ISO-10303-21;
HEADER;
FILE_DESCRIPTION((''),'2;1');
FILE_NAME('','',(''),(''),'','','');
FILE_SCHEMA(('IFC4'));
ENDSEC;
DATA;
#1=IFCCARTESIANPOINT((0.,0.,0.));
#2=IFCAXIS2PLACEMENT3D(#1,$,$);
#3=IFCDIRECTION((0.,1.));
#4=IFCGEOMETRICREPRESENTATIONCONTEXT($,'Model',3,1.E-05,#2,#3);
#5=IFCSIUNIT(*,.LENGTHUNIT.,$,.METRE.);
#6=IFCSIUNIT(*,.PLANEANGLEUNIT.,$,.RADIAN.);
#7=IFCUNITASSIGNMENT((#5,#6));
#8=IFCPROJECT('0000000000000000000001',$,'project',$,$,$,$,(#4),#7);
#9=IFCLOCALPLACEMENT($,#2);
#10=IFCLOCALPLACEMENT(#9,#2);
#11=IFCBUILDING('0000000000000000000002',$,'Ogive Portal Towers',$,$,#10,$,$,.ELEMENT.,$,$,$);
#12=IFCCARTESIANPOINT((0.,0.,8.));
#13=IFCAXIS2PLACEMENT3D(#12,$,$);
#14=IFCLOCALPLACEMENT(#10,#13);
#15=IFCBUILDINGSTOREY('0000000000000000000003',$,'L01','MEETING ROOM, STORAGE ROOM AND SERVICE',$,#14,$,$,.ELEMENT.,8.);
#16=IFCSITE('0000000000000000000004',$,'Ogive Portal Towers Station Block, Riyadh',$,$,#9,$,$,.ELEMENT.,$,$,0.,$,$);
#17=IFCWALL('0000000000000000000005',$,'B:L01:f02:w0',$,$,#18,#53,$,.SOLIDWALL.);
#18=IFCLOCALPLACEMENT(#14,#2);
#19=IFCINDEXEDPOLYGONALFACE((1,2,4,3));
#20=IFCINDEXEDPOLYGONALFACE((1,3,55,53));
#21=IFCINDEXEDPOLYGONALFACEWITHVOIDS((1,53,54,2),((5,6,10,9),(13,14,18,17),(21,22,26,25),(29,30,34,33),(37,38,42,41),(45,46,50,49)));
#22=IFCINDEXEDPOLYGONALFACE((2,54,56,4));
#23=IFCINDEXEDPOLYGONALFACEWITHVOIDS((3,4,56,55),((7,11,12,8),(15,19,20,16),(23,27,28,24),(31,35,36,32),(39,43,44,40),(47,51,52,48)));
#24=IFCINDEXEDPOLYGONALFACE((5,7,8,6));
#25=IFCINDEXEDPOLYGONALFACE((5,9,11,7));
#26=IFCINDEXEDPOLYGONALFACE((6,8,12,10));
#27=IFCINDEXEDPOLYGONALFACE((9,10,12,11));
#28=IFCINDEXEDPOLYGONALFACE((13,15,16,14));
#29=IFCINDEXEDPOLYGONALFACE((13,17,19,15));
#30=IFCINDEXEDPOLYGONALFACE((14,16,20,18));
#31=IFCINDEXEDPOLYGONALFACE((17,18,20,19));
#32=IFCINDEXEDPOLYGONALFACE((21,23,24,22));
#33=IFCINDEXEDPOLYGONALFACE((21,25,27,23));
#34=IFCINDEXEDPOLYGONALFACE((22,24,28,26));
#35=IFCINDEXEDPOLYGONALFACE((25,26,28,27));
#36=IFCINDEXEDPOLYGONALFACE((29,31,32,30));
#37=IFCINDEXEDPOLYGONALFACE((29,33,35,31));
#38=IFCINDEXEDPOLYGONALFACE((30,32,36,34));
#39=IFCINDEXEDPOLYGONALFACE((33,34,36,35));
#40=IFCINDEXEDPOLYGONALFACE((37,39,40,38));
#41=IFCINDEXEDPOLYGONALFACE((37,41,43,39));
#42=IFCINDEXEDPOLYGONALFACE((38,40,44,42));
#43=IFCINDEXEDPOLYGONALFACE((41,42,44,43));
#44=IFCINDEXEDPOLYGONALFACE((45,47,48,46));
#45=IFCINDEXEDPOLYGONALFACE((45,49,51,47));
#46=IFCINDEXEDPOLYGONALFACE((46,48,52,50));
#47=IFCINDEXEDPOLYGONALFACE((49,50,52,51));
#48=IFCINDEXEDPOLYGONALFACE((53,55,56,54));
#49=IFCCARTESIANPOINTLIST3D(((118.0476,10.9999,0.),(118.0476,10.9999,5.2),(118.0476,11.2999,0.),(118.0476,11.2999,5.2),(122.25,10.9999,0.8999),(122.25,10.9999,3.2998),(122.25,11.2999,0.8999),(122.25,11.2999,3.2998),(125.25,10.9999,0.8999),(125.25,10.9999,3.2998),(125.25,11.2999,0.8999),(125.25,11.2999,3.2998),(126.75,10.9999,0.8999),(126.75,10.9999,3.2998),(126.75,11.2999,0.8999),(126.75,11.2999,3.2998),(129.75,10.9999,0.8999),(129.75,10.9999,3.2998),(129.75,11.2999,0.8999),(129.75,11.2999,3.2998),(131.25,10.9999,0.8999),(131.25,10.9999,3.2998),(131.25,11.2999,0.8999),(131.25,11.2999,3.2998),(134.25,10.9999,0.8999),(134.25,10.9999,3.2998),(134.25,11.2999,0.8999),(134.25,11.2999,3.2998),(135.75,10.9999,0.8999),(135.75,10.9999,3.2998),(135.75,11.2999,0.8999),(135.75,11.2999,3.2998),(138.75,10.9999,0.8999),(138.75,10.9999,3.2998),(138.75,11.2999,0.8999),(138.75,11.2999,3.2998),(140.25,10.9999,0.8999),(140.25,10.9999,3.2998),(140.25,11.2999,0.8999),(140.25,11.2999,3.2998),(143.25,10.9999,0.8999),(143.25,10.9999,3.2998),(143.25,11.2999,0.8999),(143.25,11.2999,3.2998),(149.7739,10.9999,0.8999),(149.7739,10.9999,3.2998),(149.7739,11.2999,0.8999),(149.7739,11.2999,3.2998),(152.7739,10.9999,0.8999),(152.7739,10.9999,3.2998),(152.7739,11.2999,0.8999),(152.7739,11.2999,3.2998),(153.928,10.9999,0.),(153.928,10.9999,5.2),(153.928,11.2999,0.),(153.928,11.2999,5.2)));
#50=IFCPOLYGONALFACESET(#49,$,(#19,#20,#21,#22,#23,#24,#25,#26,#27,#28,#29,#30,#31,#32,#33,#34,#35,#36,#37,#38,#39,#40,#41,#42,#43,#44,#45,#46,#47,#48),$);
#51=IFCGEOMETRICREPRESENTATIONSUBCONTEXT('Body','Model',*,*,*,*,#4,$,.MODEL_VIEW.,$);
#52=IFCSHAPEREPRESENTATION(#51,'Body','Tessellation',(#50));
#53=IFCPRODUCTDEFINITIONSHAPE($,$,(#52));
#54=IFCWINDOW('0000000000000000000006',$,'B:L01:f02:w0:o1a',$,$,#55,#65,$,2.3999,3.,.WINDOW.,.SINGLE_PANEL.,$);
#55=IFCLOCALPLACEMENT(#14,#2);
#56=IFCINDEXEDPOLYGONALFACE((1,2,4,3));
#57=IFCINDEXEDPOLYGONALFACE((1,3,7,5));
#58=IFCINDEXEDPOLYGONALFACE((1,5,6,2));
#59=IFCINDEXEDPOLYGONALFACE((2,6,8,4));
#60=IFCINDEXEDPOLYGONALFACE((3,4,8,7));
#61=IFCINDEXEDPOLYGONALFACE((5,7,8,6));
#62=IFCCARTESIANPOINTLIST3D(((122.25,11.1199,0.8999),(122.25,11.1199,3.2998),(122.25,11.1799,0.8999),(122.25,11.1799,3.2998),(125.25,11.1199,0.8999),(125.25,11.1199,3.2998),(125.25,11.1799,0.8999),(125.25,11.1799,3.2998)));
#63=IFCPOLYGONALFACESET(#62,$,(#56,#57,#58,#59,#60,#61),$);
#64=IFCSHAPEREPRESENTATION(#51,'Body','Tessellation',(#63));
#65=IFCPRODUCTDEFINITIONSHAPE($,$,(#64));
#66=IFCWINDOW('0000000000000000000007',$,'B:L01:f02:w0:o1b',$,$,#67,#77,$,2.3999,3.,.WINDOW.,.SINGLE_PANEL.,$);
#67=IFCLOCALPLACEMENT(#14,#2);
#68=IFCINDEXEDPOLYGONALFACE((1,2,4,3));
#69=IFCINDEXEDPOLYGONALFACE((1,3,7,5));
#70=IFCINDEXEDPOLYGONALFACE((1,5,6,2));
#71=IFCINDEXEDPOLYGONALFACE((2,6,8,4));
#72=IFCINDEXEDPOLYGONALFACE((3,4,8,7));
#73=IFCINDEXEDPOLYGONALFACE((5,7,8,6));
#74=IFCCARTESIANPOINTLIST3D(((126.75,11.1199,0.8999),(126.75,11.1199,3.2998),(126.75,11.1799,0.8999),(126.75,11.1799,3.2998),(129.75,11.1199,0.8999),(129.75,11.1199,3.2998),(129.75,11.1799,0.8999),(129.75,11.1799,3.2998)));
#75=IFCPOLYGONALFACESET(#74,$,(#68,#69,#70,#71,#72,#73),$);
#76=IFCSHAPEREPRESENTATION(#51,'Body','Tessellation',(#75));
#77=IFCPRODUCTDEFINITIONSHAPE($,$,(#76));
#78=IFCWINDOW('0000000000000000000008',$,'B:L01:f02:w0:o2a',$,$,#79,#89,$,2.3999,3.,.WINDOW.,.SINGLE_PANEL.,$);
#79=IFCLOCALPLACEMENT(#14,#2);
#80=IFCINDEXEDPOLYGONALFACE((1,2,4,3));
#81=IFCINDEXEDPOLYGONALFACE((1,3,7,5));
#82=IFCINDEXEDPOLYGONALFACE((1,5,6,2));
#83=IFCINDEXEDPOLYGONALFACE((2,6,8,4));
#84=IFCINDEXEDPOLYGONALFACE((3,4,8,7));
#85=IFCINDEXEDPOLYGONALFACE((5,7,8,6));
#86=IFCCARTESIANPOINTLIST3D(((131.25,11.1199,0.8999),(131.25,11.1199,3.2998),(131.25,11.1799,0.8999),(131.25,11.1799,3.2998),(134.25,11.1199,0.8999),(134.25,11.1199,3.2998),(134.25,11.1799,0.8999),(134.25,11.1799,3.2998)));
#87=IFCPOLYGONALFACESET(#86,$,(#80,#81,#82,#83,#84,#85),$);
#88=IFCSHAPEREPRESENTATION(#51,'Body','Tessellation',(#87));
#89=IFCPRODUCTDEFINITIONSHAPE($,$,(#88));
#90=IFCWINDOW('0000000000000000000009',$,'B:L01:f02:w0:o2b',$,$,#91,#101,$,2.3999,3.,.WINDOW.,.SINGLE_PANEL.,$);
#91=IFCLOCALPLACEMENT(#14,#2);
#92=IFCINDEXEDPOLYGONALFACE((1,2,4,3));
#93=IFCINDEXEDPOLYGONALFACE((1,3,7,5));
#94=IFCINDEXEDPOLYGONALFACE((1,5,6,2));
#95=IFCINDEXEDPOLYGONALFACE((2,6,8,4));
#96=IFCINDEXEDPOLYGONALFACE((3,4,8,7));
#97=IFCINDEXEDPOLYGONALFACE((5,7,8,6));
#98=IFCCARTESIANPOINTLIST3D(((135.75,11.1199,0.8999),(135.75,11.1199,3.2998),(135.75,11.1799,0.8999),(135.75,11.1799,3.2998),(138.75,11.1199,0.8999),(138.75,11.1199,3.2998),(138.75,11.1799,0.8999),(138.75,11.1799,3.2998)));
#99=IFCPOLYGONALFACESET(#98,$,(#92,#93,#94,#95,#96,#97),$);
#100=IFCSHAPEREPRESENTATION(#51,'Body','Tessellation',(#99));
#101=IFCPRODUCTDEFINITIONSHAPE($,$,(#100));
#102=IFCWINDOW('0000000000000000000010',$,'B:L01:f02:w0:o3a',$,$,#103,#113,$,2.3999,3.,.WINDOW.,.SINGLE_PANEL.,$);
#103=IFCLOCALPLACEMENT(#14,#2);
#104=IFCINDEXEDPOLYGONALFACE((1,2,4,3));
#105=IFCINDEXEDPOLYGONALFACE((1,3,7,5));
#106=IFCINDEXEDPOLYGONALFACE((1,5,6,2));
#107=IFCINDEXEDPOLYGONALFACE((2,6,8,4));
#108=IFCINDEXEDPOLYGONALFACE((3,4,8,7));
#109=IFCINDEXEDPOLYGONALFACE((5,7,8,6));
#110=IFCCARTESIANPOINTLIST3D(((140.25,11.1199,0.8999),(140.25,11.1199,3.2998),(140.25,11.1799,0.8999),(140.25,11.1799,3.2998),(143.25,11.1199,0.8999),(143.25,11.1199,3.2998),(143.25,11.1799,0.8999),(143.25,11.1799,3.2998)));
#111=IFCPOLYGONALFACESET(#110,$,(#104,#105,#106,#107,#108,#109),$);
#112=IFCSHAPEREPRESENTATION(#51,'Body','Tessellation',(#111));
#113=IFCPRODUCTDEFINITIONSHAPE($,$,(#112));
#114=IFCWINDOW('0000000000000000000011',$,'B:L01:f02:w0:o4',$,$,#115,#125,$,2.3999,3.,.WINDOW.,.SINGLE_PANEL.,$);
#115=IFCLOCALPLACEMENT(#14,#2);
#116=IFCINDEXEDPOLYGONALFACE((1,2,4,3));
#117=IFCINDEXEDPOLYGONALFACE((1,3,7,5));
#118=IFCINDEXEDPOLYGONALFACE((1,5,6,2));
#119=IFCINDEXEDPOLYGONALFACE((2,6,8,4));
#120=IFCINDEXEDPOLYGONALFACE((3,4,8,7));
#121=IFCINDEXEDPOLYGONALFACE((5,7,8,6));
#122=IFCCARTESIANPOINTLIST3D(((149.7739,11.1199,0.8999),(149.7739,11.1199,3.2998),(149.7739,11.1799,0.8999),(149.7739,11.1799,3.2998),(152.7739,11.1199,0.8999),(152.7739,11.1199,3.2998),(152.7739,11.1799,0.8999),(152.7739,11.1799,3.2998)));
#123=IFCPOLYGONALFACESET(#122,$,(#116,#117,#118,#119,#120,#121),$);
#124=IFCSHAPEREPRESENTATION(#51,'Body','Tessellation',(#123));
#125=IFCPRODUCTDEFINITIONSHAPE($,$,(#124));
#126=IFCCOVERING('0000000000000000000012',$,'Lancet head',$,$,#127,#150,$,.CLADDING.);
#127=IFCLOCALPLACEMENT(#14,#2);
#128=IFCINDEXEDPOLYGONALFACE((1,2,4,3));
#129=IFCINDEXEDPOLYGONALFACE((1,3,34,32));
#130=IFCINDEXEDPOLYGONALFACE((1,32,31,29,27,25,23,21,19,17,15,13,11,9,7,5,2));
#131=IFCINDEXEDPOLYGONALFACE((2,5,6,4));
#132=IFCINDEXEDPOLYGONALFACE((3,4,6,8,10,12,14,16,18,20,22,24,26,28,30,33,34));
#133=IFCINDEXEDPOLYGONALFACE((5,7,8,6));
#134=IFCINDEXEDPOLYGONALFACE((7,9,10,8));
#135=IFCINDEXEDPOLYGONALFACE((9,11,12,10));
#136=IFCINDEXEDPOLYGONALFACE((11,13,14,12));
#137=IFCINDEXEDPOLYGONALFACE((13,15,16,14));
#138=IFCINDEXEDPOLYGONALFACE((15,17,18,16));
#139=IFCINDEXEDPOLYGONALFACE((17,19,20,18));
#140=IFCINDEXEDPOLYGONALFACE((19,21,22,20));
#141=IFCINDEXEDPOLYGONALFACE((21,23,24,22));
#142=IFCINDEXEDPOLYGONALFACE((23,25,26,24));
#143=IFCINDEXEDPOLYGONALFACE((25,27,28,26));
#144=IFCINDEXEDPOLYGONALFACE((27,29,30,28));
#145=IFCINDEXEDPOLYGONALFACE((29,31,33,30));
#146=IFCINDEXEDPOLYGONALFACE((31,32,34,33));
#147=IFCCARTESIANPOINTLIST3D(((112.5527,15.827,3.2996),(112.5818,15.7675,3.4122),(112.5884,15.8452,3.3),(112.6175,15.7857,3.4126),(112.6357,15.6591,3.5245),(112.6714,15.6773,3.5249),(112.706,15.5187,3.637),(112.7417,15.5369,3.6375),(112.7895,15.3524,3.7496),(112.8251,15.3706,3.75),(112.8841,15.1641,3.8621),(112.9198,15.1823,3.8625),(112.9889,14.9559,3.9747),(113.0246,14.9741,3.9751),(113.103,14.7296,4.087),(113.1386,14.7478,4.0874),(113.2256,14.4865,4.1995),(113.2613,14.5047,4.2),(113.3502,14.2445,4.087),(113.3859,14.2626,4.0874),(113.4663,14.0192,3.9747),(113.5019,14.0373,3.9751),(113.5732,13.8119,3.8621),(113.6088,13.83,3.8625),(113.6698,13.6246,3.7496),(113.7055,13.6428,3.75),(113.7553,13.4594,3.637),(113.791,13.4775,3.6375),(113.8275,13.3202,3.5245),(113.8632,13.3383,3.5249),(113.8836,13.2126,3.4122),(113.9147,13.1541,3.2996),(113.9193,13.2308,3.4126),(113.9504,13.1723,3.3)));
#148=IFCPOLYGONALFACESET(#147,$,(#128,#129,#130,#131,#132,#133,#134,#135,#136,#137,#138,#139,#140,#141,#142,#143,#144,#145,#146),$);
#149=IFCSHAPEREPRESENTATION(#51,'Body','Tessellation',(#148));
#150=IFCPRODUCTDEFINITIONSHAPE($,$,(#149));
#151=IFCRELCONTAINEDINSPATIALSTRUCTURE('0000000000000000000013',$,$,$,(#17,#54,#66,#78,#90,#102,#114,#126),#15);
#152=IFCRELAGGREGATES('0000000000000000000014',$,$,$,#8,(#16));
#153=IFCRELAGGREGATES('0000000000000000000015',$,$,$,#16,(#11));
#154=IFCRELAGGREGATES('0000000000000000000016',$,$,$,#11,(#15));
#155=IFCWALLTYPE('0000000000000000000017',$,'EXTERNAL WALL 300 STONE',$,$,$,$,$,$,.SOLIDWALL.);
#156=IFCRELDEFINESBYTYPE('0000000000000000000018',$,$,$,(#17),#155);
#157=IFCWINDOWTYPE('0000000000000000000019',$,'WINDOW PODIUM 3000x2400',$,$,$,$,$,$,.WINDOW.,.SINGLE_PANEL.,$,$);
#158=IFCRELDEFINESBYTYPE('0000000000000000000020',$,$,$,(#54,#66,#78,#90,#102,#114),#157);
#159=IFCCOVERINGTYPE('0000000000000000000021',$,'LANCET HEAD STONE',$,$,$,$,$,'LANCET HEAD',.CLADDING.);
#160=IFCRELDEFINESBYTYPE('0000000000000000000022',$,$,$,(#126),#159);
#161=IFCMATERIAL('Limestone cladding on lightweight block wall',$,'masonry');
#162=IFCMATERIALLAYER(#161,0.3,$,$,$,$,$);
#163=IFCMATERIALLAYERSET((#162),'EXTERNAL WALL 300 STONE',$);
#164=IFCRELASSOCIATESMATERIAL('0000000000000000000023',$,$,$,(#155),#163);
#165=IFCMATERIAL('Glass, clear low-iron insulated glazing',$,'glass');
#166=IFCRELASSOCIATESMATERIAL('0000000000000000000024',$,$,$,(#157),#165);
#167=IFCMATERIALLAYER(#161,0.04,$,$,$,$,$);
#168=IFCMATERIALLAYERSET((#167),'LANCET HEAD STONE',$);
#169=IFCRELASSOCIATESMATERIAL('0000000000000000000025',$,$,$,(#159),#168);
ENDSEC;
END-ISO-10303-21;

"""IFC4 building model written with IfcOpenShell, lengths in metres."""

from ifc_helpers import new_model, si_unit, direction, frame, frame_2d, origin, place, context, subcontext, project, spatial, polyline, rectangle, outline, extrude, material, layer, layer_set, type_object, element, fill, save


model = new_model("IFC4")

# Units and contexts
model_context = context("Model", 3, precision=1e-05, world=origin(), true_north=direction((0.0, 1.0)))
body_context = subcontext(model_context, "Body", "Model", "MODEL_VIEW")
ifc_project = project(units=[si_unit("LENGTHUNIT", "METRE"), si_unit("PLANEANGLEUNIT", "RADIAN")], contexts=[model_context])

# Site, building, storey
site_placement = place(None, origin())
site = spatial("IfcSite", under=ifc_project, at=site_placement, Name="Ogive Portal Towers Station Block, Riyadh", CompositionType="ELEMENT", RefElevation=0.0)
building_placement = place(site_placement, origin())
building = spatial("IfcBuilding", under=site, at=building_placement, Name="Ogive Portal Towers", CompositionType="ELEMENT")
storey_placement = place(building_placement, frame((0.0, 0.0, 8.0)))
storey = spatial("IfcBuildingStorey", under=building, at=storey_placement, Name="L01", Description="MEETING ROOM, STORAGE ROOM AND SERVICE", CompositionType="ELEMENT", Elevation=8.0)

# Shared definitions
ifc_material_1 = material(Name="Limestone cladding on lightweight block wall", Category="masonry")
ifc_layer_1 = layer(ifc_material_1, 0.3)
ifc_layer_set_1 = layer_set([ifc_layer_1], Name="EXTERNAL WALL 300 STONE")
wall_type = type_object("IfcWallType", Name="EXTERNAL WALL 300 STONE", PredefinedType="SOLIDWALL", material=ifc_layer_set_1)
ifc_material_2 = material(Name="Glass, clear low-iron insulated glazing", Category="glass")
window_type = type_object("IfcWindowType", Name="WINDOW PODIUM 3000x2400", PartitioningType="SINGLE_PANEL", PredefinedType="WINDOW", material=ifc_material_2)

# Wall, openings, windows
wall_1_placement = place(storey_placement, frame((118.0476, 11.1499, 0.0), z_axis=(0.0, 0.0, 1.0), x_axis=(1.0, 0.0, 0.0)))
wall_1 = element("IfcWall", 1, at=wall_1_placement, inside=storey, type_object=wall_type, Name="B:L01:f02:w0", PredefinedType="SOLIDWALL", context=body_context, shape_type="SweptSolid", body=[
    extrude(rectangle(XDim=35.8804, YDim=0.3, at=frame_2d((17.9402, 0.0))), origin(), (0.0, 0.0, 1.0), 5.2),
])
opening_1_placement = place(wall_1_placement, frame((4.2024, 0.0, 0.8999)))
opening_1 = element("IfcOpeningElement", 2, at=opening_1_placement, cuts=wall_1, PredefinedType="OPENING", context=body_context, shape_type="SweptSolid", body=[
    extrude(rectangle(XDim=3.0, YDim=2.3999, at=frame_2d((1.5, 1.2))), frame((0.0, 0.1602, 0.0), z_axis=(0.0, -1.0, 0.0), x_axis=(1.0, 0.0, 0.0)), (0.0, 0.0, 1.0), 0.3201),
])
opening_2_placement = place(wall_1_placement, frame((8.7024, 0.0, 0.8999)))
opening_2 = element("IfcOpeningElement", 3, at=opening_2_placement, cuts=wall_1, PredefinedType="OPENING", context=body_context, shape_type="SweptSolid", body=[
    extrude(rectangle(XDim=3.0, YDim=2.3999, at=frame_2d((1.5, 1.2))), frame((0.0, 0.1602, 0.0), z_axis=(0.0, -1.0, 0.0), x_axis=(1.0, 0.0, 0.0)), (0.0, 0.0, 1.0), 0.3201),
])
opening_3_placement = place(wall_1_placement, frame((13.2024, 0.0, 0.8999)))
opening_3 = element("IfcOpeningElement", 4, at=opening_3_placement, cuts=wall_1, PredefinedType="OPENING", context=body_context, shape_type="SweptSolid", body=[
    extrude(rectangle(XDim=3.0, YDim=2.3999, at=frame_2d((1.5, 1.2))), frame((0.0, 0.1602, 0.0), z_axis=(0.0, -1.0, 0.0), x_axis=(1.0, 0.0, 0.0)), (0.0, 0.0, 1.0), 0.3201),
])
opening_4_placement = place(wall_1_placement, frame((17.7024, 0.0, 0.8999)))
opening_4 = element("IfcOpeningElement", 5, at=opening_4_placement, cuts=wall_1, PredefinedType="OPENING", context=body_context, shape_type="SweptSolid", body=[
    extrude(rectangle(XDim=3.0, YDim=2.3999, at=frame_2d((1.5, 1.2))), frame((0.0, 0.1602, 0.0), z_axis=(0.0, -1.0, 0.0), x_axis=(1.0, 0.0, 0.0)), (0.0, 0.0, 1.0), 0.3201),
])
opening_5_placement = place(wall_1_placement, frame((22.2024, 0.0, 0.8999)))
opening_5 = element("IfcOpeningElement", 6, at=opening_5_placement, cuts=wall_1, PredefinedType="OPENING", context=body_context, shape_type="SweptSolid", body=[
    extrude(rectangle(XDim=3.0, YDim=2.3999, at=frame_2d((1.5, 1.2))), frame((0.0, 0.1602, 0.0), z_axis=(0.0, -1.0, 0.0), x_axis=(1.0, 0.0, 0.0)), (0.0, 0.0, 1.0), 0.3201),
])
opening_6_placement = place(wall_1_placement, frame((31.7263, 0.0, 0.8999)))
opening_6 = element("IfcOpeningElement", 7, at=opening_6_placement, cuts=wall_1, PredefinedType="OPENING", context=body_context, shape_type="SweptSolid", body=[
    extrude(rectangle(XDim=3.0, YDim=2.3999, at=frame_2d((1.5, 1.2))), frame((0.0, 0.1602, 0.0), z_axis=(0.0, -1.0, 0.0), x_axis=(1.0, 0.0, 0.0)), (0.0, 0.0, 1.0), 0.3201),
])
window_1_placement = place(opening_1_placement, origin())
window_1 = element("IfcWindow", 8, at=window_1_placement, inside=storey, type_object=window_type, Name="B:L01:f02:w0:o1a", OverallHeight=2.3999, OverallWidth=3.0, PartitioningType="SINGLE_PANEL", PredefinedType="WINDOW", context=body_context, shape_type="SweptSolid", body=[
    extrude(rectangle(XDim=3.0, YDim=2.3999, at=frame_2d((1.5, 1.2))), frame((0.0, 0.03, 0.0), z_axis=(0.0, -1.0, 0.0), x_axis=(1.0, 0.0, 0.0)), (0.0, 0.0, 1.0), 0.0601),
])
fill(opening_1, window_1)
window_2_placement = place(opening_2_placement, origin())
window_2 = element("IfcWindow", 9, at=window_2_placement, inside=storey, type_object=window_type, Name="B:L01:f02:w0:o1b", OverallHeight=2.3999, OverallWidth=3.0, PartitioningType="SINGLE_PANEL", PredefinedType="WINDOW", context=body_context, shape_type="SweptSolid", body=[
    extrude(rectangle(XDim=3.0, YDim=2.3999, at=frame_2d((1.5, 1.2))), frame((0.0, 0.03, 0.0), z_axis=(0.0, -1.0, 0.0), x_axis=(1.0, 0.0, 0.0)), (0.0, 0.0, 1.0), 0.0601),
])
fill(opening_2, window_2)
window_3_placement = place(opening_3_placement, origin())
window_3 = element("IfcWindow", 10, at=window_3_placement, inside=storey, type_object=window_type, Name="B:L01:f02:w0:o2a", OverallHeight=2.3999, OverallWidth=3.0, PartitioningType="SINGLE_PANEL", PredefinedType="WINDOW", context=body_context, shape_type="SweptSolid", body=[
    extrude(rectangle(XDim=3.0, YDim=2.3999, at=frame_2d((1.5, 1.2))), frame((0.0, 0.03, 0.0), z_axis=(0.0, -1.0, 0.0), x_axis=(1.0, 0.0, 0.0)), (0.0, 0.0, 1.0), 0.0601),
])
fill(opening_3, window_3)
window_4_placement = place(opening_4_placement, origin())
window_4 = element("IfcWindow", 11, at=window_4_placement, inside=storey, type_object=window_type, Name="B:L01:f02:w0:o2b", OverallHeight=2.3999, OverallWidth=3.0, PartitioningType="SINGLE_PANEL", PredefinedType="WINDOW", context=body_context, shape_type="SweptSolid", body=[
    extrude(rectangle(XDim=3.0, YDim=2.3999, at=frame_2d((1.5, 1.2))), frame((0.0, 0.03, 0.0), z_axis=(0.0, -1.0, 0.0), x_axis=(1.0, 0.0, 0.0)), (0.0, 0.0, 1.0), 0.0601),
])
fill(opening_4, window_4)
window_5_placement = place(opening_5_placement, origin())
window_5 = element("IfcWindow", 12, at=window_5_placement, inside=storey, type_object=window_type, Name="B:L01:f02:w0:o3a", OverallHeight=2.3999, OverallWidth=3.0, PartitioningType="SINGLE_PANEL", PredefinedType="WINDOW", context=body_context, shape_type="SweptSolid", body=[
    extrude(rectangle(XDim=3.0, YDim=2.3999, at=frame_2d((1.5, 1.2))), frame((0.0, 0.03, 0.0), z_axis=(0.0, -1.0, 0.0), x_axis=(1.0, 0.0, 0.0)), (0.0, 0.0, 1.0), 0.0601),
])
fill(opening_5, window_5)
window_6_placement = place(opening_6_placement, origin())
window_6 = element("IfcWindow", 13, at=window_6_placement, inside=storey, type_object=window_type, Name="B:L01:f02:w0:o4", OverallHeight=2.3999, OverallWidth=3.0, PartitioningType="SINGLE_PANEL", PredefinedType="WINDOW", context=body_context, shape_type="SweptSolid", body=[
    extrude(rectangle(XDim=3.0, YDim=2.3999, at=frame_2d((1.5, 1.2))), frame((0.0, 0.03, 0.0), z_axis=(0.0, -1.0, 0.0), x_axis=(1.0, 0.0, 0.0)), (0.0, 0.0, 1.0), 0.0601),
])
fill(opening_6, window_6)

# Covering
ifc_layer_2 = layer(ifc_material_1, 0.04)
ifc_layer_set_2 = layer_set([ifc_layer_2], Name="LANCET HEAD STONE")
covering_type_1 = type_object("IfcCoveringType", Name="LANCET HEAD STONE", ElementType="LANCET HEAD", PredefinedType="CLADDING", material=ifc_layer_set_2)
covering_1_placement = place(storey_placement, frame((112.5884, 15.8452, 3.3), z_axis=(0.890951, 0.453987, 0.010108), x_axis=(0.45401, -0.890997, 0.0)))
element("IfcCovering", 14, at=covering_1_placement, inside=storey, type_object=covering_type_1, Name="Lancet head", PredefinedType="CLADDING", context=body_context, shape_type="SweptSolid", body=[
    extrude(outline(polyline([(0.0, 0.0), (2.9999, 0.0), (2.9337, -0.1126), (2.8124, -0.2249), (2.6556, -0.3374), (2.4695, -0.45), (2.2588, -0.5625), (2.0256, -0.6751), (1.7721, -0.7874), (1.4999, -0.8999), (1.2276, -0.7874), (0.9742, -0.6751), (0.7411, -0.5625), (0.5304, -0.45), (0.3443, -0.3374), (0.1873, -0.2249), (0.0663, -0.1126), (0.0, 0.0)])), origin(), (0.0, 0.0, -1.0), 0.04),
])

save(model, "model.ifc")
